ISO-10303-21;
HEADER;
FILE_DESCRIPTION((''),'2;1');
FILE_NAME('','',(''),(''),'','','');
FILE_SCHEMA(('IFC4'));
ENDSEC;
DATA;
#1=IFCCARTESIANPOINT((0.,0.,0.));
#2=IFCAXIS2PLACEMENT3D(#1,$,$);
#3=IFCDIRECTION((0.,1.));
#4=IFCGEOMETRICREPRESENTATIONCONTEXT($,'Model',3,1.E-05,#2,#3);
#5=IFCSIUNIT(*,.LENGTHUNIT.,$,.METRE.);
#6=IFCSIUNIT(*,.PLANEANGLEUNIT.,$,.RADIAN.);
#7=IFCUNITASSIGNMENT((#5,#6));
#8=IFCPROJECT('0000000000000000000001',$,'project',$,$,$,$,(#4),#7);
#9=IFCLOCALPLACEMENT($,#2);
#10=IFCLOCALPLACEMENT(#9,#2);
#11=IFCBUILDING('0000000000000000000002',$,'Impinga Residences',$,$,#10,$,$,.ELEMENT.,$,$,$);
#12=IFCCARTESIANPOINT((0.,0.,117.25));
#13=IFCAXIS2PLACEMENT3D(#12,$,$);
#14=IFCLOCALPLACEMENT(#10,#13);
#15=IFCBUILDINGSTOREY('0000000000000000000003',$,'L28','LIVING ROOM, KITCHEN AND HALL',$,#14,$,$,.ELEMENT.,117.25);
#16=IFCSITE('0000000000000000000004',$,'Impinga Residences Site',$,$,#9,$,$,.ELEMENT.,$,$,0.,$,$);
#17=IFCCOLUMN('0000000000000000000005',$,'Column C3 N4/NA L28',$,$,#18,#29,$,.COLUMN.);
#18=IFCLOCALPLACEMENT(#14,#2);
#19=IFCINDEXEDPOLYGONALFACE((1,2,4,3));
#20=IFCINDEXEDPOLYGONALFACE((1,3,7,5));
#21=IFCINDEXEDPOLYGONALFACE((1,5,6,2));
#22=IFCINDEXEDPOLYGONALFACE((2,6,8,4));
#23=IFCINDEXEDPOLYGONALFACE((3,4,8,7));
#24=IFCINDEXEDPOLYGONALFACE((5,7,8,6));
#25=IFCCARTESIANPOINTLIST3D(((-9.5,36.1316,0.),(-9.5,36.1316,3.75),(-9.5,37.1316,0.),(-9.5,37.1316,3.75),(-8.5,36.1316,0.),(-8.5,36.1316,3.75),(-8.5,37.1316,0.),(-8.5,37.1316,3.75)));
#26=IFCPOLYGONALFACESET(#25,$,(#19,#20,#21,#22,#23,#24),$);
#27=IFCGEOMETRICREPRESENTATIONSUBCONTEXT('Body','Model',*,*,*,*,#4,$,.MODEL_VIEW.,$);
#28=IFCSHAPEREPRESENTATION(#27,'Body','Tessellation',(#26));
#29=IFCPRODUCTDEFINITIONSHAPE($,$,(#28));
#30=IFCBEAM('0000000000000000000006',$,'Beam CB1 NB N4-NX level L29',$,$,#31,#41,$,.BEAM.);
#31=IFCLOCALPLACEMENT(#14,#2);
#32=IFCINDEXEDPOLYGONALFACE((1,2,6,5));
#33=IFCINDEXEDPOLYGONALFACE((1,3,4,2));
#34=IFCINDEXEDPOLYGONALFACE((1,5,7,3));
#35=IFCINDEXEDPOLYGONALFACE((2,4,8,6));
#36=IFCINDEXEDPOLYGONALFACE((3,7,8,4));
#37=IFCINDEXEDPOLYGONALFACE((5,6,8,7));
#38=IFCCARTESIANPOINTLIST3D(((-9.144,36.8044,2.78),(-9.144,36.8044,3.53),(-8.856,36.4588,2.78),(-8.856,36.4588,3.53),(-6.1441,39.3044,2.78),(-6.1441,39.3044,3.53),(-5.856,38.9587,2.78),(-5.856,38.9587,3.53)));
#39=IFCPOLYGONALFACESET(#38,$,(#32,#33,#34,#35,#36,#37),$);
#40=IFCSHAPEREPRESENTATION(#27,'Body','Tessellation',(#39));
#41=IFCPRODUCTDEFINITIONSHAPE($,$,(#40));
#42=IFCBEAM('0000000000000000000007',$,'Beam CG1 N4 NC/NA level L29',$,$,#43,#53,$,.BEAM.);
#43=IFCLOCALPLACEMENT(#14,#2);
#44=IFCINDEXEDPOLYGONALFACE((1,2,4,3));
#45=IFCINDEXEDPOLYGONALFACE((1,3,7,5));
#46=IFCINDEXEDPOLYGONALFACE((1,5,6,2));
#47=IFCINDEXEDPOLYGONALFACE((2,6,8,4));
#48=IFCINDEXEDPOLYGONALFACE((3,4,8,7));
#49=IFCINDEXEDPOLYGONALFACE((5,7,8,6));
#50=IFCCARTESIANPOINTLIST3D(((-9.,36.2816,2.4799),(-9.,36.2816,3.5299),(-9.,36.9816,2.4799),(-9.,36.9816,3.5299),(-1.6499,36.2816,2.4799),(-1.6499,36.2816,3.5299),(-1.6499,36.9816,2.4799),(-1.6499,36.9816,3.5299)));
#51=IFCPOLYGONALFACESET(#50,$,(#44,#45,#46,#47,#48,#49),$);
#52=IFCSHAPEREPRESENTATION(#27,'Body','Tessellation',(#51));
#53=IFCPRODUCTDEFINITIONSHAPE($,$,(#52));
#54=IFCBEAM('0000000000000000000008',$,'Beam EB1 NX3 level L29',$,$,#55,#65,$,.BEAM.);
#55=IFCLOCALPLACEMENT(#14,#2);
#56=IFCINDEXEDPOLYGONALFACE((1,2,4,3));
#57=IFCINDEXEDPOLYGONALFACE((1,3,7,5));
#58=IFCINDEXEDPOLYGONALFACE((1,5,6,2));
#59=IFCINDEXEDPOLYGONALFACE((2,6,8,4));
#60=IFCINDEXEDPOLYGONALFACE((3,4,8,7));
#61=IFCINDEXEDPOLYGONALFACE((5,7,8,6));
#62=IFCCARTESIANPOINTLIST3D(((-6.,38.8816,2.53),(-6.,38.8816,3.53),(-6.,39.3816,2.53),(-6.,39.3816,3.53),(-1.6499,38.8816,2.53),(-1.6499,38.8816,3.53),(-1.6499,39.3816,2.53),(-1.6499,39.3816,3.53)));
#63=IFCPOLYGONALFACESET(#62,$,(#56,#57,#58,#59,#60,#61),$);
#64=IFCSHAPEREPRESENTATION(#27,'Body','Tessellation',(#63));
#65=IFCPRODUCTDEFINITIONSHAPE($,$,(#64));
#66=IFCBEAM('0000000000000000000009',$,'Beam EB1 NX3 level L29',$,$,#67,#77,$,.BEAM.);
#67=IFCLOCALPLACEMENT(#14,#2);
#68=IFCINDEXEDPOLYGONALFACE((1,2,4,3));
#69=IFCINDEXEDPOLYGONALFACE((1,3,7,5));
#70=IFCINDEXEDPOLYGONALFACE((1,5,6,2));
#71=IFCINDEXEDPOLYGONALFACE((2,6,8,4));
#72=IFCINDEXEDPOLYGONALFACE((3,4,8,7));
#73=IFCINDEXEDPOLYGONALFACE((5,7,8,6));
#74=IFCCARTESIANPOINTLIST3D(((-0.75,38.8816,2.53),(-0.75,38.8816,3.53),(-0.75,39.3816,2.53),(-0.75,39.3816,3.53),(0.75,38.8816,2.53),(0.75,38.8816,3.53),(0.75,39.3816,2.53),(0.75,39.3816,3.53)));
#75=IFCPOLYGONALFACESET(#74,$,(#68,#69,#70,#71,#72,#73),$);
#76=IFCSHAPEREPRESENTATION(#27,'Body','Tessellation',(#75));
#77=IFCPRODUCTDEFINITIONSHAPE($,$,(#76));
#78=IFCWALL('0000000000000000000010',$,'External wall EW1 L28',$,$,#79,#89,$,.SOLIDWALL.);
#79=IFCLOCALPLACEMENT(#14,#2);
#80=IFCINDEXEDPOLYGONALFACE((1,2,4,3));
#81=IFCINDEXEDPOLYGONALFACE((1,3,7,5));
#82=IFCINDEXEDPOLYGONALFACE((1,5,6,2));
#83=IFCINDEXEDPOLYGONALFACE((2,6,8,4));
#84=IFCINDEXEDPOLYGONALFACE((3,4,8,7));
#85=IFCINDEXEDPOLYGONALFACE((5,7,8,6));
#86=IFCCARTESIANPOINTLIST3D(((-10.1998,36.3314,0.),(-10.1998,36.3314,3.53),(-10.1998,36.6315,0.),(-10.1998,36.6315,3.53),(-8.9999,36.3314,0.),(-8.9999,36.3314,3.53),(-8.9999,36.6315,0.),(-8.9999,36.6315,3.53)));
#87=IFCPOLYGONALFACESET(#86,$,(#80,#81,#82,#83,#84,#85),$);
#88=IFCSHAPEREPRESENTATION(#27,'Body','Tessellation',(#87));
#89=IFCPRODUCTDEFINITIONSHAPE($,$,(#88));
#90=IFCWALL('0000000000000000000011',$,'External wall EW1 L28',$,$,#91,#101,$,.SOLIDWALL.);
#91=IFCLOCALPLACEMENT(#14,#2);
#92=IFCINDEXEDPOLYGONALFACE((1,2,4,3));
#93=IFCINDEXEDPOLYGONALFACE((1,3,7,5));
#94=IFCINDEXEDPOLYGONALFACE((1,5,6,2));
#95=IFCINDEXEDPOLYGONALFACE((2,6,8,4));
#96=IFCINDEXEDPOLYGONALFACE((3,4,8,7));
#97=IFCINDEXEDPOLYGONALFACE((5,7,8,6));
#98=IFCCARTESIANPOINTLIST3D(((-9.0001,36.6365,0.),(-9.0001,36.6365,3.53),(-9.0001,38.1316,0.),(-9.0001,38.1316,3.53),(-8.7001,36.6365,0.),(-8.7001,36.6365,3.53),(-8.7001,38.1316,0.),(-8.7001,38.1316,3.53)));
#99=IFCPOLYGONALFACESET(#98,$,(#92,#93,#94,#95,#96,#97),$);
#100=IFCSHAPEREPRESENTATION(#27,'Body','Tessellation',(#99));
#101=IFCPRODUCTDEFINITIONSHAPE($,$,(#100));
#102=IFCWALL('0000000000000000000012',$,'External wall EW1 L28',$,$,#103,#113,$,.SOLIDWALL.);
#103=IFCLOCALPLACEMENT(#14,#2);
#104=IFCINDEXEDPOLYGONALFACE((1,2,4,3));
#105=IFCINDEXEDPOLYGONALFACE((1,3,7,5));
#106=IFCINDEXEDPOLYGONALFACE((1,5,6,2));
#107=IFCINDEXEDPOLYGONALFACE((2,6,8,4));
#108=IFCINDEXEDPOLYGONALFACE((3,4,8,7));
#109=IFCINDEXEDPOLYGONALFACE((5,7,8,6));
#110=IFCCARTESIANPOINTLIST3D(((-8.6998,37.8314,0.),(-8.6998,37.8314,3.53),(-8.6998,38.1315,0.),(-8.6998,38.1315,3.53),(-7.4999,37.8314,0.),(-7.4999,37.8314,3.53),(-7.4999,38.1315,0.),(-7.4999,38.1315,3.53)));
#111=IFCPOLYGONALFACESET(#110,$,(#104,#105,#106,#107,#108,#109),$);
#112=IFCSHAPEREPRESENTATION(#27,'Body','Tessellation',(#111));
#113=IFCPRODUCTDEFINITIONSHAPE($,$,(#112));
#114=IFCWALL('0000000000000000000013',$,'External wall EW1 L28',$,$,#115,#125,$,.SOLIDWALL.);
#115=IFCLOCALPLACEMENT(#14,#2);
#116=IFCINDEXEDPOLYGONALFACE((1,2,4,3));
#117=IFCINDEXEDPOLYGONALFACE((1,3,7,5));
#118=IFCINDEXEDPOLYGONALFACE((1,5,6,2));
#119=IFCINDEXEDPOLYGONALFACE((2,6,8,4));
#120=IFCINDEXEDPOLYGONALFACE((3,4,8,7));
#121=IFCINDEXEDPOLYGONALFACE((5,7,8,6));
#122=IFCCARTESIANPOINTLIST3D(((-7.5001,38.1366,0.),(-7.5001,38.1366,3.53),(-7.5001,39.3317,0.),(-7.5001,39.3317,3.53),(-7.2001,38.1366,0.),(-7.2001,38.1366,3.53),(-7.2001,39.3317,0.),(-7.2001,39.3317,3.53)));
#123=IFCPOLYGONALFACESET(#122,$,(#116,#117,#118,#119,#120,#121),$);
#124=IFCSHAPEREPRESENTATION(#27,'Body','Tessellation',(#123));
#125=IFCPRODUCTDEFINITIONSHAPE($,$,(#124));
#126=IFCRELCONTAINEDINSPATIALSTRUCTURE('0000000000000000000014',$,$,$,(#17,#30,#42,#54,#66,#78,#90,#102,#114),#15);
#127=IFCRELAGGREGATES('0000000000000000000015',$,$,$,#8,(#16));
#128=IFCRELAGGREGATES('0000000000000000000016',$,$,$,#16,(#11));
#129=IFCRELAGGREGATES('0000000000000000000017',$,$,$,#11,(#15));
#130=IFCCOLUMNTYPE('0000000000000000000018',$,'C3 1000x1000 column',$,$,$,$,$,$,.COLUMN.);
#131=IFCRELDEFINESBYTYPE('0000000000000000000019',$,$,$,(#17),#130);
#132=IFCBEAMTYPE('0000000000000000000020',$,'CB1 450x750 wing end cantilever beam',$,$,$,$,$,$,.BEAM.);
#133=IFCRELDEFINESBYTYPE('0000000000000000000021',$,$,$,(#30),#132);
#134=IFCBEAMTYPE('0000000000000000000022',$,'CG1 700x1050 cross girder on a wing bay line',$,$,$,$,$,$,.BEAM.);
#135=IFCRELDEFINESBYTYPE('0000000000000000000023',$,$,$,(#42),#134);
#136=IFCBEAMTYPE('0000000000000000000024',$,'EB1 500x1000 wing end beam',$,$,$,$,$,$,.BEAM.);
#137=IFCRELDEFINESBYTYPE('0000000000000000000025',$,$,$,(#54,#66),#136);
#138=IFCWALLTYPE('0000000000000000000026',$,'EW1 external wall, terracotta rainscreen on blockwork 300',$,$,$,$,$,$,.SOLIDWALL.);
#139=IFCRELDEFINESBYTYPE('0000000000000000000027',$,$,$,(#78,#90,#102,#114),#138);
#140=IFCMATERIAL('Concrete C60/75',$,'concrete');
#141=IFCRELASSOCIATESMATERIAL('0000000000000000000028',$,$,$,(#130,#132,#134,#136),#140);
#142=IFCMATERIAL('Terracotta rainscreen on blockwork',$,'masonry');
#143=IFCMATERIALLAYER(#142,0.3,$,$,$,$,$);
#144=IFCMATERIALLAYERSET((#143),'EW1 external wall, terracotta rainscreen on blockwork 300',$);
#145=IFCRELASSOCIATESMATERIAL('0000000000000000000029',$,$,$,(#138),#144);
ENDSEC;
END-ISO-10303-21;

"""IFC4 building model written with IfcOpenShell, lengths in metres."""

from ifc_helpers import new_model, si_unit, direction, frame, frame_2d, origin, origin_2d, place, context, subcontext, project, spatial, rectangle, extrude, material, layer, layer_set, material_profile, profile_set, type_object, element, save


model = new_model("IFC4")

# Units and contexts
model_context = context("Model", 3, precision=1e-05, world=origin(), true_north=direction((0.0, 1.0)))
body_context = subcontext(model_context, "Body", "Model", "MODEL_VIEW")
ifc_project = project(units=[si_unit("LENGTHUNIT", "METRE"), si_unit("PLANEANGLEUNIT", "RADIAN")], contexts=[model_context])

# Site, building, storey
site_placement = place(None, origin())
site = spatial("IfcSite", under=ifc_project, at=site_placement, Name="Impinga Residences Site", CompositionType="ELEMENT", RefElevation=0.0)
building_placement = place(site_placement, origin())
building = spatial("IfcBuilding", under=site, at=building_placement, Name="Impinga Residences", CompositionType="ELEMENT")
storey_placement = place(building_placement, frame((0.0, 0.0, 117.25)))
storey = spatial("IfcBuildingStorey", under=building, at=storey_placement, Name="L28", Description="LIVING ROOM, KITCHEN AND HALL", CompositionType="ELEMENT", Elevation=117.25)

# Column
ifc_material_1 = material(Name="Concrete C60/75", Category="concrete")
ifc_material_profile_1 = material_profile(ifc_material_1, rectangle(XDim=1.0, YDim=1.0, at=origin_2d()), Name="RC 1000x1000")
ifc_profile_set_1 = profile_set([ifc_material_profile_1], Name="Concrete C60/75")
column_type = type_object("IfcColumnType", Name="C3 1000x1000 column", PredefinedType="COLUMN", material=ifc_profile_set_1)
column_placement = place(storey_placement, frame((-9.0, 36.6316, 0.0), z_axis=(0.0, 0.0, 1.0), x_axis=(1.0, 0.0, 0.0)))
element("IfcColumn", 1, at=column_placement, inside=storey, type_object=column_type, Name="Column C3 N4/NA L28", PredefinedType="COLUMN", context=body_context, shape_type="SweptSolid", body=[
    extrude(rectangle(XDim=1.0, YDim=1.0, at=origin_2d()), origin(), (0.0, 0.0, 1.0), 3.75),
])

# Beams
ifc_material_profile_2 = material_profile(ifc_material_1, rectangle(XDim=0.45, YDim=0.75, at=origin_2d()), Name="RC 450x750")
ifc_profile_set_2 = profile_set([ifc_material_profile_2], Name="Concrete C60/75")
beam_type_1 = type_object("IfcBeamType", Name="CB1 450x750 wing end cantilever beam", PredefinedType="BEAM", material=ifc_profile_set_2)
beam_1_placement = place(storey_placement, frame((-9.0, 36.6316, 3.155), z_axis=(0.768221, 0.640184, 0.0), x_axis=(-0.640184, 0.768221, 0.0)))
element("IfcBeam", 2, at=beam_1_placement, inside=storey, type_object=beam_type_1, Name="Beam CB1 NB N4-NX level L29", PredefinedType="BEAM", context=body_context, shape_type="SweptSolid", body=[
    extrude(rectangle(XDim=0.45, YDim=0.75, at=origin_2d()), origin(), (0.0, 0.0, 1.0), 3.905),
])
ifc_material_profile_3 = material_profile(ifc_material_1, rectangle(XDim=0.7, YDim=1.05, at=origin_2d()), Name="RC 700x1050")
ifc_profile_set_3 = profile_set([ifc_material_profile_3], Name="Concrete C60/75")
beam_type_2 = type_object("IfcBeamType", Name="CG1 700x1050 cross girder on a wing bay line", PredefinedType="BEAM", material=ifc_profile_set_3)
beam_2_placement = place(storey_placement, frame((-1.6499, 36.6316, 3.0049), z_axis=(-1.0, 0.0, 0.0), x_axis=(0.0, -1.0, 0.0)))
element("IfcBeam", 3, at=beam_2_placement, inside=storey, type_object=beam_type_2, Name="Beam CG1 N4 NC/NA level L29", PredefinedType="BEAM", context=body_context, shape_type="SweptSolid", body=[
    extrude(rectangle(XDim=0.7, YDim=1.05, at=origin_2d()), origin(), (0.0, 0.0, 1.0), 7.3501),
])
ifc_material_profile_4 = material_profile(ifc_material_1, rectangle(XDim=0.5, YDim=1.0, at=origin_2d()), Name="RC 500x1000")
ifc_profile_set_4 = profile_set([ifc_material_profile_4], Name="Concrete C60/75")
beam_type_3 = type_object("IfcBeamType", Name="EB1 500x1000 wing end beam", PredefinedType="BEAM", material=ifc_profile_set_4)
beam_3_placement = place(storey_placement, frame((-6.0, 39.1316, 3.03), z_axis=(1.0, 0.0, 0.0), x_axis=(0.0, 1.0, 0.0)))
element("IfcBeam", 4, at=beam_3_placement, inside=storey, type_object=beam_type_3, Name="Beam EB1 NX3 level L29", PredefinedType="BEAM", context=body_context, shape_type="SweptSolid", body=[
    extrude(rectangle(XDim=0.5, YDim=1.0, at=origin_2d()), origin(), (0.0, 0.0, 1.0), 4.3501),
])
beam_4_placement = place(storey_placement, frame((-0.75, 39.1316, 3.03), z_axis=(1.0, 0.0, 0.0), x_axis=(0.0, 1.0, 0.0)))
element("IfcBeam", 5, at=beam_4_placement, inside=storey, type_object=beam_type_3, Name="Beam EB1 NX3 level L29", PredefinedType="BEAM", context=body_context, shape_type="SweptSolid", body=[
    extrude(rectangle(XDim=0.5, YDim=1.0, at=origin_2d()), origin(), (0.0, 0.0, 1.0), 1.5),
])

# Walls
ifc_material_2 = material(Name="Terracotta rainscreen on blockwork", Category="masonry")
ifc_layer_1 = layer(ifc_material_2, 0.3)
ifc_layer_set_1 = layer_set([ifc_layer_1], Name="EW1 external wall, terracotta rainscreen on blockwork 300")
wall_type_1 = type_object("IfcWallType", Name="EW1 external wall, terracotta rainscreen on blockwork 300", PredefinedType="SOLIDWALL", material=ifc_layer_set_1)
wall_1_placement = place(storey_placement, frame((-10.2, 36.4814, 0.0), z_axis=(0.0, 0.0, 1.0), x_axis=(1.0, 0.0, 0.0)))
element("IfcWall", 6, at=wall_1_placement, inside=storey, type_object=wall_type_1, Name="External wall EW1 L28", PredefinedType="SOLIDWALL", context=body_context, shape_type="SweptSolid", body=[
    extrude(rectangle(XDim=1.2, YDim=0.3, at=frame_2d((0.6001, 0.0))), origin(), (0.0, 0.0, 1.0), 3.53),
])
wall_2_placement = place(storey_placement, frame((-8.8501, 36.6365, 0.0), z_axis=(0.0, 0.0, 1.0), x_axis=(0.0, 1.0, 0.0)))
element("IfcWall", 7, at=wall_2_placement, inside=storey, type_object=wall_type_1, Name="External wall EW1 L28", PredefinedType="SOLIDWALL", context=body_context, shape_type="SweptSolid", body=[
    extrude(rectangle(XDim=1.4951, YDim=0.3, at=frame_2d((0.7476, 0.0))), origin(), (0.0, 0.0, 1.0), 3.53),
])
wall_3_placement = place(storey_placement, frame((-8.7, 37.9814, 0.0), z_axis=(0.0, 0.0, 1.0), x_axis=(1.0, 0.0, 0.0)))
element("IfcWall", 8, at=wall_3_placement, inside=storey, type_object=wall_type_1, Name="External wall EW1 L28", PredefinedType="SOLIDWALL", context=body_context, shape_type="SweptSolid", body=[
    extrude(rectangle(XDim=1.2, YDim=0.3, at=frame_2d((0.6001, 0.0))), origin(), (0.0, 0.0, 1.0), 3.53),
])
wall_4_placement = place(storey_placement, frame((-7.3501, 38.1365, 0.0), z_axis=(0.0, 0.0, 1.0), x_axis=(0.0, 1.0, 0.0)))
element("IfcWall", 9, at=wall_4_placement, inside=storey, type_object=wall_type_1, Name="External wall EW1 L28", PredefinedType="SOLIDWALL", context=body_context, shape_type="SweptSolid", body=[
    extrude(rectangle(XDim=1.1951, YDim=0.3, at=frame_2d((0.5977, 0.0))), origin(), (0.0, 0.0, 1.0), 3.53),
])

save(model, "model.ifc")
